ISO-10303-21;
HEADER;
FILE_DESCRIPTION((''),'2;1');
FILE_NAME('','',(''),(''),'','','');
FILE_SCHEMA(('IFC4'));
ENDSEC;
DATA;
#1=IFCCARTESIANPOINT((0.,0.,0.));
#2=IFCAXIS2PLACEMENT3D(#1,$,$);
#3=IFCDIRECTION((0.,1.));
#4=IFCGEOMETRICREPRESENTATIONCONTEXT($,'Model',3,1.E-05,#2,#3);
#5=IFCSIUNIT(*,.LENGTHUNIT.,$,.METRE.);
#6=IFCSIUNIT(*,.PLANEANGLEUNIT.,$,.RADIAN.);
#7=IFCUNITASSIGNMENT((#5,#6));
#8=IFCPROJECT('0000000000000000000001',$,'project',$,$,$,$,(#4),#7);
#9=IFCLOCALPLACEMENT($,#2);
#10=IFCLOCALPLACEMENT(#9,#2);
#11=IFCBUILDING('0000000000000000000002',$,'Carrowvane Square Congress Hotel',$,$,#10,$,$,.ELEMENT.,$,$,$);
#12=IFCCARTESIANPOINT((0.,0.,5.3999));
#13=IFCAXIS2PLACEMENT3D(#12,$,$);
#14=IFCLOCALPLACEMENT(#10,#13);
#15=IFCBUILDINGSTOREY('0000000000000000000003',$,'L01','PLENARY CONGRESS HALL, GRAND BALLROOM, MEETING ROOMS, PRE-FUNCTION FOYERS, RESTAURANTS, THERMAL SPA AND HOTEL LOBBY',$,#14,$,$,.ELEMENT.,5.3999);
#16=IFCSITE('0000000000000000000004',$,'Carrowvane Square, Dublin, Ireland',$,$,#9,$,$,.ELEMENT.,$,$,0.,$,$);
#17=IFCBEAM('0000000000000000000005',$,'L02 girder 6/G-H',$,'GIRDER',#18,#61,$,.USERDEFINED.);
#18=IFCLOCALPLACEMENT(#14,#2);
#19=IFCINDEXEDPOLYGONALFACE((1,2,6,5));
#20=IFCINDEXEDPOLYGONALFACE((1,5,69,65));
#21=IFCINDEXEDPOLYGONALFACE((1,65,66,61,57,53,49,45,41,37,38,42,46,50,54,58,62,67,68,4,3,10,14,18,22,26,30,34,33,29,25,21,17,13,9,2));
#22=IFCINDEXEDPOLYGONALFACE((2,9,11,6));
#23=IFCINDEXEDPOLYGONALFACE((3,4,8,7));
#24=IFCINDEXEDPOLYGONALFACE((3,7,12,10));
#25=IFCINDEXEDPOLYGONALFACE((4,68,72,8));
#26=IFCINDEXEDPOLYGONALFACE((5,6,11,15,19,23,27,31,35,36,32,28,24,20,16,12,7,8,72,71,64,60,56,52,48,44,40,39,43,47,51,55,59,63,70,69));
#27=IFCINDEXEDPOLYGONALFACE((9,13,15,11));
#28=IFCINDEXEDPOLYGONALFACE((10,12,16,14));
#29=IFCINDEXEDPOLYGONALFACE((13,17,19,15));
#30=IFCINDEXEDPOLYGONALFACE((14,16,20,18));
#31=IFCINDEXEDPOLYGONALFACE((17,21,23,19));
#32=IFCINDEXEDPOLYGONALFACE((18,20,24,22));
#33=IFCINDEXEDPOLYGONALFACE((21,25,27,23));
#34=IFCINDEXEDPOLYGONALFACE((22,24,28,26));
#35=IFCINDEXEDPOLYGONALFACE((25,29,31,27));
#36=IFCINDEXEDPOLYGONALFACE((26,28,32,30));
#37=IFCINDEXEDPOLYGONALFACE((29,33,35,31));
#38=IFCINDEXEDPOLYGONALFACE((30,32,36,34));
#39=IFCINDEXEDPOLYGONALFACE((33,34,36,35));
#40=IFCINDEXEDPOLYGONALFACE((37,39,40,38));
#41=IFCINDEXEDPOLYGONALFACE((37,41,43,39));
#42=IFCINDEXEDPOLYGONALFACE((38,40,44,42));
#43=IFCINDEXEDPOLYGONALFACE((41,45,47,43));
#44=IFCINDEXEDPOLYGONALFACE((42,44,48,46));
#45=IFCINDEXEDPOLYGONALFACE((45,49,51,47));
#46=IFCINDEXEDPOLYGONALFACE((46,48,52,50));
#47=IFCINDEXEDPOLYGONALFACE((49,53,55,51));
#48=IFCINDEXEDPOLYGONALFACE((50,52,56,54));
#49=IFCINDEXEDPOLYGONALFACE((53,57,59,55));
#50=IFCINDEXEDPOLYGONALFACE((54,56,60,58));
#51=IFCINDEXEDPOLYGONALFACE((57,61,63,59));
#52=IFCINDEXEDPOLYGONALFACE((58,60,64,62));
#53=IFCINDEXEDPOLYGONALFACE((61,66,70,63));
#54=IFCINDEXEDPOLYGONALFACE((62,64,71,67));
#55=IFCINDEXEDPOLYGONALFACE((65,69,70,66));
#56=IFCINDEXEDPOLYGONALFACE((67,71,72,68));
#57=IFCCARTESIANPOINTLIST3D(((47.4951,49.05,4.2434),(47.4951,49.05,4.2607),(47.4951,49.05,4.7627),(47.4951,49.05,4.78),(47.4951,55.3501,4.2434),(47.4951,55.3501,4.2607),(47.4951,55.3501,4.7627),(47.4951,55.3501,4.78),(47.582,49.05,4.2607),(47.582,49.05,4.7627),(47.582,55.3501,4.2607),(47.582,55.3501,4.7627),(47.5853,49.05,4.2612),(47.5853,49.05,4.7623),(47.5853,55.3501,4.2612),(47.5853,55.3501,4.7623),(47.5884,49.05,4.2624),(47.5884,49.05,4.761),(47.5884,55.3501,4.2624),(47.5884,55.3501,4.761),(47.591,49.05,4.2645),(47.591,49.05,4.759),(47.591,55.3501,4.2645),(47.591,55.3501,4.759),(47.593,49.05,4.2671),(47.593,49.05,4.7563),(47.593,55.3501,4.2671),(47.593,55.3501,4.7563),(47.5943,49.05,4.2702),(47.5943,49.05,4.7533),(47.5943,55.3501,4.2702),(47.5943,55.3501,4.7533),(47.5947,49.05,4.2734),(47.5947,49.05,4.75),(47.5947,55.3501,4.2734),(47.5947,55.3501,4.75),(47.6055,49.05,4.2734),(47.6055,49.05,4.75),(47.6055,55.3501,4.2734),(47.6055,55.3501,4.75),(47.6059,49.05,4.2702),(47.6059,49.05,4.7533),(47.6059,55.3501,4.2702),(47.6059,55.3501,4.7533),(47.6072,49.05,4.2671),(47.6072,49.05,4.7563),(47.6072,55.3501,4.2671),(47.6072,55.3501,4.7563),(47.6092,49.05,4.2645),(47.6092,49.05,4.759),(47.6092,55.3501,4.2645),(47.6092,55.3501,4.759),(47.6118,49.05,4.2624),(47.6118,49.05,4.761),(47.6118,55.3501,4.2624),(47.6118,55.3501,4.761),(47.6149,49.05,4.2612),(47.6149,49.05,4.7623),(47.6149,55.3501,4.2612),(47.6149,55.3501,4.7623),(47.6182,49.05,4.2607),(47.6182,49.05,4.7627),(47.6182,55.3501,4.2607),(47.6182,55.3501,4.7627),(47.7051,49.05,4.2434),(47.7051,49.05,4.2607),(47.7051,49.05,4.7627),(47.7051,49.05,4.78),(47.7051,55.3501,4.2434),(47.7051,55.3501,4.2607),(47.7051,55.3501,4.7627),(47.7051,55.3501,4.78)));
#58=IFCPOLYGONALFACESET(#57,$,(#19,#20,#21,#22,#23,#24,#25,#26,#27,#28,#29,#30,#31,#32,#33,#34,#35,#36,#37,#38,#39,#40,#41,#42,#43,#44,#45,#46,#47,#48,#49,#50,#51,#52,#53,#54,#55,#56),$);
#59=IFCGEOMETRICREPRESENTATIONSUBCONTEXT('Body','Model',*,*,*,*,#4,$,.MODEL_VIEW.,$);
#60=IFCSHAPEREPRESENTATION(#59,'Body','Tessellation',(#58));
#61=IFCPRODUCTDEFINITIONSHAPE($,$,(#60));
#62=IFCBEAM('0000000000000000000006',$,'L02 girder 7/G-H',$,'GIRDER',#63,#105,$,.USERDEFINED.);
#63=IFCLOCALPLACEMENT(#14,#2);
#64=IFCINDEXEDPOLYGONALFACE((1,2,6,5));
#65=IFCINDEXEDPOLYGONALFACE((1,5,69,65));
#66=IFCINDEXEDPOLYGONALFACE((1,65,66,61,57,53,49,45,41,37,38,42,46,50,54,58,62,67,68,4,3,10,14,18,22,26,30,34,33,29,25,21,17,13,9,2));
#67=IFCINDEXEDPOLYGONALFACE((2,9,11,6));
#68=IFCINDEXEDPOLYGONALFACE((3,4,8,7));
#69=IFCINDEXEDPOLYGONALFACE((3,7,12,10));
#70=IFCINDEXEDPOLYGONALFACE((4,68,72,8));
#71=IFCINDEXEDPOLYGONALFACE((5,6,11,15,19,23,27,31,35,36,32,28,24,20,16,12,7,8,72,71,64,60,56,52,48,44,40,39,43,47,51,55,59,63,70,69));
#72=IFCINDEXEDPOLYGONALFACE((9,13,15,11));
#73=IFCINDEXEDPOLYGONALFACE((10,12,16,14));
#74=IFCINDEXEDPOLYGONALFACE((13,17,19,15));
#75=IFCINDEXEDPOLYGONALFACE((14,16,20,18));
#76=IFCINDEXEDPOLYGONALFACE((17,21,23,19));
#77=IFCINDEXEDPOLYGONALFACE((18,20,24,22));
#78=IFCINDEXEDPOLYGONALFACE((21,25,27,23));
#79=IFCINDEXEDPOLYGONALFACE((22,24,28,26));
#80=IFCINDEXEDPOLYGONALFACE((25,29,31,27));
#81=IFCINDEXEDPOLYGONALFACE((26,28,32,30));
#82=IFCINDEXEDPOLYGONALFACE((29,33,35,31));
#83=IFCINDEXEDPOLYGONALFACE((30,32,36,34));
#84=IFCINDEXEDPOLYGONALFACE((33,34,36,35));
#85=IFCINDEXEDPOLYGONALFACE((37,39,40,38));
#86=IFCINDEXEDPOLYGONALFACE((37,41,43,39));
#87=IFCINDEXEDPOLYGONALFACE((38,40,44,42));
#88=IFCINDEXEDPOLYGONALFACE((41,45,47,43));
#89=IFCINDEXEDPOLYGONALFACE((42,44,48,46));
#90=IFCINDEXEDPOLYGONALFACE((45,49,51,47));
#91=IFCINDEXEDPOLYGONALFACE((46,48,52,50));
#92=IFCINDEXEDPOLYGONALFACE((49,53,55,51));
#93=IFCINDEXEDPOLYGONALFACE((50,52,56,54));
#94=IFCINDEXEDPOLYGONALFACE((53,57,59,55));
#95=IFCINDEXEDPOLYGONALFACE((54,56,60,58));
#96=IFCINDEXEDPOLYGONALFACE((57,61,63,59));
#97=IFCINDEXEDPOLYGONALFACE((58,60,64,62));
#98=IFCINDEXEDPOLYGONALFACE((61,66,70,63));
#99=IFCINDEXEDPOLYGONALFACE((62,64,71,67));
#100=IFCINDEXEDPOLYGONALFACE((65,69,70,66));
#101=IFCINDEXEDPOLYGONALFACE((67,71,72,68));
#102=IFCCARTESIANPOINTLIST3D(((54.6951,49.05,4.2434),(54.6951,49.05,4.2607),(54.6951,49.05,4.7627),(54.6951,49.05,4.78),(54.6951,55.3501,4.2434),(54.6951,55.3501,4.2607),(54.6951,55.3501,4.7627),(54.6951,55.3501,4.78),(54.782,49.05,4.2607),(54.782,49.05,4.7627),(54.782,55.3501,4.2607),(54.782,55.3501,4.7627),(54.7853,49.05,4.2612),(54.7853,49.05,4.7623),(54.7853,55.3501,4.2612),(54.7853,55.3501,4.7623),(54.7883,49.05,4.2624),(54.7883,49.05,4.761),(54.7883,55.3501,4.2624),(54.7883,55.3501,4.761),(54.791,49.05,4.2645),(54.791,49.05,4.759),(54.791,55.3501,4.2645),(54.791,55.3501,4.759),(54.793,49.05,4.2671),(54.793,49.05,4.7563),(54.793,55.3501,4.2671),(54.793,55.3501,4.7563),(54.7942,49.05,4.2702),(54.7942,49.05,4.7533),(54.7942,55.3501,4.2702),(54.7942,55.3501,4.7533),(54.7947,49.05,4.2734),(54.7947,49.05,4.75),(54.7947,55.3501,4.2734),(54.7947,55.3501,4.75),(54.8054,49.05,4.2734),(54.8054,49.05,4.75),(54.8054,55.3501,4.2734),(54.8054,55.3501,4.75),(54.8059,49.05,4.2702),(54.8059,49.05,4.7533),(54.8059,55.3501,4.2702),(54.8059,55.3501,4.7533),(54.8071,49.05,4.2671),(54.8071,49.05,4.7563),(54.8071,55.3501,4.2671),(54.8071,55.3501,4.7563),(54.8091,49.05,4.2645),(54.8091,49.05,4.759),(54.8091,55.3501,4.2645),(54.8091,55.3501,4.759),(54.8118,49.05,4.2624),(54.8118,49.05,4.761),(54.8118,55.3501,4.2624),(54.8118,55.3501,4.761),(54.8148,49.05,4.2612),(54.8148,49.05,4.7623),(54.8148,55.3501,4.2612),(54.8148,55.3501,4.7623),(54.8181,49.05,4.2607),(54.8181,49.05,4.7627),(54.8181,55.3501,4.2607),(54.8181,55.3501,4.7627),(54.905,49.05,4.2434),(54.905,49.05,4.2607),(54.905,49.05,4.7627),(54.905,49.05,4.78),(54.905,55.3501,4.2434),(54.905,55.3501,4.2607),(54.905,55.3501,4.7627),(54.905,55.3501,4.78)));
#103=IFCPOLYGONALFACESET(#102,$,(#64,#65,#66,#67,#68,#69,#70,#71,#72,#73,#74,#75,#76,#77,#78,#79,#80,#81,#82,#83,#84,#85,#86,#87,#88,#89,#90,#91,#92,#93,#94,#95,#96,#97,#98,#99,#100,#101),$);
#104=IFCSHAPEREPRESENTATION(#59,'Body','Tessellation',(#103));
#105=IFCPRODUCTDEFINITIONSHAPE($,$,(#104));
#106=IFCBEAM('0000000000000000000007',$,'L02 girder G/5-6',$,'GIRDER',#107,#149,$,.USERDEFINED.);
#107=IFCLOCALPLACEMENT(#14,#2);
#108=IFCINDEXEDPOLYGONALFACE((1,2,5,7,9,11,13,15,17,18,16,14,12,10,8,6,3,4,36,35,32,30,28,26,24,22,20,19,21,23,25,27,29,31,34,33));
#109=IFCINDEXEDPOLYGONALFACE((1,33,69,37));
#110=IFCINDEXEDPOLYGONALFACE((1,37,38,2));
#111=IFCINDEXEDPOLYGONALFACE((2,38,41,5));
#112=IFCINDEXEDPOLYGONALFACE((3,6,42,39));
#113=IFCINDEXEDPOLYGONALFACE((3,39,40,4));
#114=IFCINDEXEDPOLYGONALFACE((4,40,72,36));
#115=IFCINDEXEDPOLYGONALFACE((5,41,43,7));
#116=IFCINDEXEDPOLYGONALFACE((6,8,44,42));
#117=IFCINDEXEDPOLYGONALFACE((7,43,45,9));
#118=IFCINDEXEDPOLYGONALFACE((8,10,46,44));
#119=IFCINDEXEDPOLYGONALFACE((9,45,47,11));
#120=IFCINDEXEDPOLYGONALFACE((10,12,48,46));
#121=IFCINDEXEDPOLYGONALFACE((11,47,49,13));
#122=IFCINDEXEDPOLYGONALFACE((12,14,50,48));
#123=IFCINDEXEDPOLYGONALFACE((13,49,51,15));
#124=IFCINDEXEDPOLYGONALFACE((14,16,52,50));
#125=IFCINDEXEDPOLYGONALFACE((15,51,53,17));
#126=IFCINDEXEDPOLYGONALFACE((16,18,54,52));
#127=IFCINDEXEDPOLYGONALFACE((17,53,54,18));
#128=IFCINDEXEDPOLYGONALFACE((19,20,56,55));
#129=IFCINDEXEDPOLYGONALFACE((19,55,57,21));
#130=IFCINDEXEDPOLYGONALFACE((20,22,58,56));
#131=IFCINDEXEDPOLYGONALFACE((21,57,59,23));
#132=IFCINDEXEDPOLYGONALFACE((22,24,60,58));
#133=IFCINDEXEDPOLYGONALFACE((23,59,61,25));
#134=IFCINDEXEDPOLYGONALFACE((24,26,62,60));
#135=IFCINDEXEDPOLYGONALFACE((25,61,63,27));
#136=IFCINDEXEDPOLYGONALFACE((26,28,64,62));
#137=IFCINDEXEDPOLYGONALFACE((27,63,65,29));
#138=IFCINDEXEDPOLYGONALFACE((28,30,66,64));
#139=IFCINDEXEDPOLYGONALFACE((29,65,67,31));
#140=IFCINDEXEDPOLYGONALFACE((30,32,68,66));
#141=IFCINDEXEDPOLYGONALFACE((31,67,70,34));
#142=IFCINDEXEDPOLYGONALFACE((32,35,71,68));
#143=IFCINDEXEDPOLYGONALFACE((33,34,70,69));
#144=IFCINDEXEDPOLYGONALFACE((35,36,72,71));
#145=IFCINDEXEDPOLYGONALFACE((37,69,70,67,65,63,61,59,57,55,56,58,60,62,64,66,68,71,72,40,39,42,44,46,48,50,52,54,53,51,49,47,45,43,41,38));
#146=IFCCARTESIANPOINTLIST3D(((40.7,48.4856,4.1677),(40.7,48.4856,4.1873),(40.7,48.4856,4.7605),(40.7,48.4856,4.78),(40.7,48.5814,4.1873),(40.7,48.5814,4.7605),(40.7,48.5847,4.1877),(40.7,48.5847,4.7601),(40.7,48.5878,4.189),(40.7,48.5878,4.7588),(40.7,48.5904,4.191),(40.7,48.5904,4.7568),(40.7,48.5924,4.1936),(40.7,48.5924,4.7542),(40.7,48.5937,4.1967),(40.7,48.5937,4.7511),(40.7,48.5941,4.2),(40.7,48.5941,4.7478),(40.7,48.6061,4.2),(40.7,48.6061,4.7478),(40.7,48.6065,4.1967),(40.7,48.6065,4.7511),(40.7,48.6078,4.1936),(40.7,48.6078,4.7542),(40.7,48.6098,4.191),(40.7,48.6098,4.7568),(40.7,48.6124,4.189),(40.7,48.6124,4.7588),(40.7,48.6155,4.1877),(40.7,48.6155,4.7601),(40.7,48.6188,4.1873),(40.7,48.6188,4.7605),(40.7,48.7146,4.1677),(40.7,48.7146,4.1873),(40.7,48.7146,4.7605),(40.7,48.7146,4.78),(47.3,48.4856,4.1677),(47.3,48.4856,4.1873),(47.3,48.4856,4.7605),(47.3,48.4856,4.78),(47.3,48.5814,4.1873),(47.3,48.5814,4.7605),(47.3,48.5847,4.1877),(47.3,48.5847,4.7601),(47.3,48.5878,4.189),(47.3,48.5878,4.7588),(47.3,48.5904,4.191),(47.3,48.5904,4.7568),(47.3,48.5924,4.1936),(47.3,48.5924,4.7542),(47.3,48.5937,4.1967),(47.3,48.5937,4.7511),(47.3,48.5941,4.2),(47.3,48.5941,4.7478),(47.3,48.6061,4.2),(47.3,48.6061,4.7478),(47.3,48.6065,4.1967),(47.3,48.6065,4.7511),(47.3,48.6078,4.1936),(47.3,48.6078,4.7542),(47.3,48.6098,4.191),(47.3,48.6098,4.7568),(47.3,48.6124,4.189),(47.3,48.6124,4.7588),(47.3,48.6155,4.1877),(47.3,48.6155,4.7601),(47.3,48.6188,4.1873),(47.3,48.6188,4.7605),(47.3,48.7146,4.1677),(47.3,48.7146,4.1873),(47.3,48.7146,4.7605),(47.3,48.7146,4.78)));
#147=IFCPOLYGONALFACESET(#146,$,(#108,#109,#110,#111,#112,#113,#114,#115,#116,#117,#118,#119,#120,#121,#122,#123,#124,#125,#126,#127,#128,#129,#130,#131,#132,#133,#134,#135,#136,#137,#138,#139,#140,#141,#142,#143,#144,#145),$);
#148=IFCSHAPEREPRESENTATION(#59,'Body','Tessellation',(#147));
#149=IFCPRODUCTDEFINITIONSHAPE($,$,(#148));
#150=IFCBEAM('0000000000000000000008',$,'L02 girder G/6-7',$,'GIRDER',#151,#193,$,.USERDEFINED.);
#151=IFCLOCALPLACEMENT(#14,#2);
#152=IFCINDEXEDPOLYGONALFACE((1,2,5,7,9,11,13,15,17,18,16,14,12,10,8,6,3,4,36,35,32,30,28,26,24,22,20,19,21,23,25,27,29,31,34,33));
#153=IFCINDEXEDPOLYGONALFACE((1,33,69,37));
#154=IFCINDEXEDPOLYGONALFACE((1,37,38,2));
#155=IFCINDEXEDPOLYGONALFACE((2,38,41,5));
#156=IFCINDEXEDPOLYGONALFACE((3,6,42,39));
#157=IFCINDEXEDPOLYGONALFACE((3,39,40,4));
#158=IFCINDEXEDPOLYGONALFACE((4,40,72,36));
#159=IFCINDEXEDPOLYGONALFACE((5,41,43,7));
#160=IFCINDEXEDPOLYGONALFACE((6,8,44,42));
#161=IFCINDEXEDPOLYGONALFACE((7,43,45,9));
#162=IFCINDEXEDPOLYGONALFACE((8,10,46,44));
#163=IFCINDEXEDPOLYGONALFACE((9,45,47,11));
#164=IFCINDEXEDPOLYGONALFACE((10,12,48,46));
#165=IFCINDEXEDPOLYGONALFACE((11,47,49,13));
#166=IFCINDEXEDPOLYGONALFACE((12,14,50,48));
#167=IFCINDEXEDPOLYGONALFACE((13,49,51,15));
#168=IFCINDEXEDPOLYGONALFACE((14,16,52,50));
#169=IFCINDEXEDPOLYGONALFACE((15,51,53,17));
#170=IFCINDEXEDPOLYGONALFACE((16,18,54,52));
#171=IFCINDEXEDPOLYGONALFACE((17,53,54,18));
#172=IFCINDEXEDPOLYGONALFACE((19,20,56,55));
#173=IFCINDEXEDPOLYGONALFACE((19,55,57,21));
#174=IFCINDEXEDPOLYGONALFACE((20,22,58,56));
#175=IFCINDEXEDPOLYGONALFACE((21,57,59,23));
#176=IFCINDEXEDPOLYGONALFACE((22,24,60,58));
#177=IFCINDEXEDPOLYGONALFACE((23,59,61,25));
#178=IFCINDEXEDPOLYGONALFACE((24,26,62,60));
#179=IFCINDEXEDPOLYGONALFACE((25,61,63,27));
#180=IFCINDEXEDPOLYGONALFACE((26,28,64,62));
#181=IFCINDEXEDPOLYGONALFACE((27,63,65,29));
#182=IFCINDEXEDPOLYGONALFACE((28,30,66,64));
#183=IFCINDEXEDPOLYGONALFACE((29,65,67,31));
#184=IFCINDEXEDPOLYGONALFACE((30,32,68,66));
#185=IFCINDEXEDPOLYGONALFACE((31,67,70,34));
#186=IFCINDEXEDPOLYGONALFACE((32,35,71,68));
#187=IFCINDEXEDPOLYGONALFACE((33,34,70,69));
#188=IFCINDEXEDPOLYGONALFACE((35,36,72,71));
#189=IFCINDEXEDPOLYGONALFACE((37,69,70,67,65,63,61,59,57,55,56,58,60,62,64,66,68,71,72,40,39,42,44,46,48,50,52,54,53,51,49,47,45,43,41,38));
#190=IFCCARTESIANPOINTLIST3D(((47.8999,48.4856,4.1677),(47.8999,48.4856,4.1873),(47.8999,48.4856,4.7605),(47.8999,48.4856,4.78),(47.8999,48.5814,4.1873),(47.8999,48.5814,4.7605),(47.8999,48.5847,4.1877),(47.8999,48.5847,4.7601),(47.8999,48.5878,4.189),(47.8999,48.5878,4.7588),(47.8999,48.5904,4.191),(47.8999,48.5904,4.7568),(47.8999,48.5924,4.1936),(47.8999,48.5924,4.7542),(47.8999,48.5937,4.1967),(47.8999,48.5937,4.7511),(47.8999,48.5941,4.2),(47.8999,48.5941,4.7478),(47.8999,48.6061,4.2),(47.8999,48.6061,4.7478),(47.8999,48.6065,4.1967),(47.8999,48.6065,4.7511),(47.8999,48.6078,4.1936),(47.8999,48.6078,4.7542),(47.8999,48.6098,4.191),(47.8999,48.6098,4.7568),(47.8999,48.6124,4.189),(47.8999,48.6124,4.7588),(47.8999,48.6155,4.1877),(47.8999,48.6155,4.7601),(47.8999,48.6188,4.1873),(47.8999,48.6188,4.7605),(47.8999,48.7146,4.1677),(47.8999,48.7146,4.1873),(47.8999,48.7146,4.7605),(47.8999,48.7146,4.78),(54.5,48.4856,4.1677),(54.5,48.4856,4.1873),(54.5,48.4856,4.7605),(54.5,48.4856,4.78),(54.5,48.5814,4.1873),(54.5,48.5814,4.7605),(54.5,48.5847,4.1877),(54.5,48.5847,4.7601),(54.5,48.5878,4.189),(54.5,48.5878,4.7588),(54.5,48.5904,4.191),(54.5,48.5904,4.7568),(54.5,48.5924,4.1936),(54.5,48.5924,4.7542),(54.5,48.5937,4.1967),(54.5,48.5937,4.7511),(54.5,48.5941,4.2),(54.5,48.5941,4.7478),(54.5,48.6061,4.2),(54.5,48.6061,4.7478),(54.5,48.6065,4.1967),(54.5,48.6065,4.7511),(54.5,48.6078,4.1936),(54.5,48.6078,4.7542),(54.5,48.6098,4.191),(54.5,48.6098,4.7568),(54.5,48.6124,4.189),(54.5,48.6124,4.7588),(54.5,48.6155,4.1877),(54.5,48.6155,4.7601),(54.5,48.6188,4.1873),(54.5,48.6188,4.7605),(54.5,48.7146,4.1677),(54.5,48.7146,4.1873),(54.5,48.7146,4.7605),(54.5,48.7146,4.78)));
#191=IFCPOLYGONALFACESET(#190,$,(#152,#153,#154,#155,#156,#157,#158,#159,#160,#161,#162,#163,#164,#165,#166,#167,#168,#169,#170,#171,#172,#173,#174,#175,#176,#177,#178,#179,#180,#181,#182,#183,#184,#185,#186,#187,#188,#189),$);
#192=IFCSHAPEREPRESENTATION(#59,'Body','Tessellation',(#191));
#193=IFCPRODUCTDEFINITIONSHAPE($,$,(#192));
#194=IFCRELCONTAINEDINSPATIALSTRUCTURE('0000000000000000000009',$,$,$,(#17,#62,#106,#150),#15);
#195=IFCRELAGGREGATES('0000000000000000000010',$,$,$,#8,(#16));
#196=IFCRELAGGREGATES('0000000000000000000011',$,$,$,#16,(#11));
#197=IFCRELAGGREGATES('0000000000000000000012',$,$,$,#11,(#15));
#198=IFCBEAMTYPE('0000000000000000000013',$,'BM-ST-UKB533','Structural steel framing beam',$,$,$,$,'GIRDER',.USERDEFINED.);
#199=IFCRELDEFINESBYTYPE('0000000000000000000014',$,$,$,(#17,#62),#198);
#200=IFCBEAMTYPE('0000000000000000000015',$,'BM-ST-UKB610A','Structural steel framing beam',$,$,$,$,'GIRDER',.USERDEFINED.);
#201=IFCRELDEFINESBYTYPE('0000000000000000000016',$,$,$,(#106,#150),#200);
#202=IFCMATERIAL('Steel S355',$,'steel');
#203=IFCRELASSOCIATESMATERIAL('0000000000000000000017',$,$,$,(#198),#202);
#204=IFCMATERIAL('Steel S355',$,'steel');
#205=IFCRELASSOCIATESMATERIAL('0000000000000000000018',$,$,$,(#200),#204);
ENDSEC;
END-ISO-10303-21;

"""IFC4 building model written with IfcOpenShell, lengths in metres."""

from ifc_helpers import new_model, si_unit, direction, frame, origin, origin_2d, place, context, subcontext, project, spatial, i_section, extrude, material, material_profile, profile_set, type_object, element, save


model = new_model("IFC4")

# Units and contexts
model_context = context("Model", 3, precision=1e-05, world=origin(), true_north=direction((0.0, 1.0)))
body_context = subcontext(model_context, "Body", "Model", "MODEL_VIEW")
ifc_project = project(units=[si_unit("LENGTHUNIT", "METRE"), si_unit("PLANEANGLEUNIT", "RADIAN")], contexts=[model_context])

# Site, building, storey
site_placement = place(None, origin())
site = spatial("IfcSite", under=ifc_project, at=site_placement, Name="Carrowvane Square, Dublin, Ireland", CompositionType="ELEMENT", RefElevation=0.0)
building_placement = place(site_placement, origin())
building = spatial("IfcBuilding", under=site, at=building_placement, Name="Carrowvane Square Congress Hotel", CompositionType="ELEMENT")
storey_placement = place(building_placement, frame((0.0, 0.0, 5.3999)))
storey = spatial("IfcBuildingStorey", under=building, at=storey_placement, Name="L01", Description="PLENARY CONGRESS HALL, GRAND BALLROOM, MEETING ROOMS, PRE-FUNCTION FOYERS, RESTAURANTS, THERMAL SPA AND HOTEL LOBBY", CompositionType="ELEMENT", Elevation=5.3999)

# Beams
ifc_material_1 = material(Name="Steel S355", Category="steel")
ifc_material_profile_1 = material_profile(ifc_material_1, i_section(OverallWidth=0.21, OverallDepth=0.5366, WebThickness=0.0107, FlangeThickness=0.0173, FilletRadius=0.0127, at=origin_2d()), Name="UKB 533x210x101")
ifc_profile_set_1 = profile_set([ifc_material_profile_1], Name="Steel S355")
beam_type_1 = type_object("IfcBeamType", Name="BM-ST-UKB533", Description="Structural steel framing beam", ElementType="GIRDER", PredefinedType="USERDEFINED", material=ifc_profile_set_1)
for number, where, z_axis, x_axis, name in (
    (1, (47.6001, 49.05, 4.5117), (0.0, 1.0, 0.0), (-1.0, 0.0, 0.0), "L02 girder 6/G-H"),
    (2, (54.8, 49.05, 4.5117), (0.0, 1.0, 0.0), (-1.0, 0.0, 0.0), "L02 girder 7/G-H"),
):
    element("IfcBeam", number, at=place(storey_placement, frame(where, z_axis=z_axis, x_axis=x_axis)), inside=storey, type_object=beam_type_1, Name=name, ObjectType="GIRDER", PredefinedType="USERDEFINED", context=body_context, shape_type="SweptSolid", body=[
        extrude(i_section(OverallWidth=0.21, OverallDepth=0.5366, WebThickness=0.0107, FlangeThickness=0.0173, FilletRadius=0.0127, at=origin_2d()), origin(), (0.0, 0.0, 1.0), 6.3),
    ])
ifc_material_2 = material(Name="Steel S355", Category="steel")
ifc_material_profile_2 = material_profile(ifc_material_2, i_section(OverallWidth=0.229, OverallDepth=0.6123, WebThickness=0.012, FlangeThickness=0.0195, FilletRadius=0.0127, at=origin_2d()), Name="UKB 610x229x125")
ifc_profile_set_2 = profile_set([ifc_material_profile_2], Name="Steel S355")
beam_type_2 = type_object("IfcBeamType", Name="BM-ST-UKB610A", Description="Structural steel framing beam", ElementType="GIRDER", PredefinedType="USERDEFINED", material=ifc_profile_set_2)
for number, where, z_axis, x_axis, name in (
    (3, (40.7, 48.6001, 4.4739), (1.0, 0.0, 0.0), (0.0, 1.0, 0.0), "L02 girder G/5-6"),
    (4, (47.8999, 48.6001, 4.4739), (1.0, 0.0, 0.0), (0.0, 1.0, 0.0), "L02 girder G/6-7"),
):
    element("IfcBeam", number, at=place(storey_placement, frame(where, z_axis=z_axis, x_axis=x_axis)), inside=storey, type_object=beam_type_2, Name=name, ObjectType="GIRDER", PredefinedType="USERDEFINED", context=body_context, shape_type="SweptSolid", body=[
        extrude(i_section(OverallWidth=0.229, OverallDepth=0.6123, WebThickness=0.012, FlangeThickness=0.0195, FilletRadius=0.0127, at=origin_2d()), origin(), (0.0, 0.0, 1.0), 6.6001),
    ])

save(model, "model.ifc")
